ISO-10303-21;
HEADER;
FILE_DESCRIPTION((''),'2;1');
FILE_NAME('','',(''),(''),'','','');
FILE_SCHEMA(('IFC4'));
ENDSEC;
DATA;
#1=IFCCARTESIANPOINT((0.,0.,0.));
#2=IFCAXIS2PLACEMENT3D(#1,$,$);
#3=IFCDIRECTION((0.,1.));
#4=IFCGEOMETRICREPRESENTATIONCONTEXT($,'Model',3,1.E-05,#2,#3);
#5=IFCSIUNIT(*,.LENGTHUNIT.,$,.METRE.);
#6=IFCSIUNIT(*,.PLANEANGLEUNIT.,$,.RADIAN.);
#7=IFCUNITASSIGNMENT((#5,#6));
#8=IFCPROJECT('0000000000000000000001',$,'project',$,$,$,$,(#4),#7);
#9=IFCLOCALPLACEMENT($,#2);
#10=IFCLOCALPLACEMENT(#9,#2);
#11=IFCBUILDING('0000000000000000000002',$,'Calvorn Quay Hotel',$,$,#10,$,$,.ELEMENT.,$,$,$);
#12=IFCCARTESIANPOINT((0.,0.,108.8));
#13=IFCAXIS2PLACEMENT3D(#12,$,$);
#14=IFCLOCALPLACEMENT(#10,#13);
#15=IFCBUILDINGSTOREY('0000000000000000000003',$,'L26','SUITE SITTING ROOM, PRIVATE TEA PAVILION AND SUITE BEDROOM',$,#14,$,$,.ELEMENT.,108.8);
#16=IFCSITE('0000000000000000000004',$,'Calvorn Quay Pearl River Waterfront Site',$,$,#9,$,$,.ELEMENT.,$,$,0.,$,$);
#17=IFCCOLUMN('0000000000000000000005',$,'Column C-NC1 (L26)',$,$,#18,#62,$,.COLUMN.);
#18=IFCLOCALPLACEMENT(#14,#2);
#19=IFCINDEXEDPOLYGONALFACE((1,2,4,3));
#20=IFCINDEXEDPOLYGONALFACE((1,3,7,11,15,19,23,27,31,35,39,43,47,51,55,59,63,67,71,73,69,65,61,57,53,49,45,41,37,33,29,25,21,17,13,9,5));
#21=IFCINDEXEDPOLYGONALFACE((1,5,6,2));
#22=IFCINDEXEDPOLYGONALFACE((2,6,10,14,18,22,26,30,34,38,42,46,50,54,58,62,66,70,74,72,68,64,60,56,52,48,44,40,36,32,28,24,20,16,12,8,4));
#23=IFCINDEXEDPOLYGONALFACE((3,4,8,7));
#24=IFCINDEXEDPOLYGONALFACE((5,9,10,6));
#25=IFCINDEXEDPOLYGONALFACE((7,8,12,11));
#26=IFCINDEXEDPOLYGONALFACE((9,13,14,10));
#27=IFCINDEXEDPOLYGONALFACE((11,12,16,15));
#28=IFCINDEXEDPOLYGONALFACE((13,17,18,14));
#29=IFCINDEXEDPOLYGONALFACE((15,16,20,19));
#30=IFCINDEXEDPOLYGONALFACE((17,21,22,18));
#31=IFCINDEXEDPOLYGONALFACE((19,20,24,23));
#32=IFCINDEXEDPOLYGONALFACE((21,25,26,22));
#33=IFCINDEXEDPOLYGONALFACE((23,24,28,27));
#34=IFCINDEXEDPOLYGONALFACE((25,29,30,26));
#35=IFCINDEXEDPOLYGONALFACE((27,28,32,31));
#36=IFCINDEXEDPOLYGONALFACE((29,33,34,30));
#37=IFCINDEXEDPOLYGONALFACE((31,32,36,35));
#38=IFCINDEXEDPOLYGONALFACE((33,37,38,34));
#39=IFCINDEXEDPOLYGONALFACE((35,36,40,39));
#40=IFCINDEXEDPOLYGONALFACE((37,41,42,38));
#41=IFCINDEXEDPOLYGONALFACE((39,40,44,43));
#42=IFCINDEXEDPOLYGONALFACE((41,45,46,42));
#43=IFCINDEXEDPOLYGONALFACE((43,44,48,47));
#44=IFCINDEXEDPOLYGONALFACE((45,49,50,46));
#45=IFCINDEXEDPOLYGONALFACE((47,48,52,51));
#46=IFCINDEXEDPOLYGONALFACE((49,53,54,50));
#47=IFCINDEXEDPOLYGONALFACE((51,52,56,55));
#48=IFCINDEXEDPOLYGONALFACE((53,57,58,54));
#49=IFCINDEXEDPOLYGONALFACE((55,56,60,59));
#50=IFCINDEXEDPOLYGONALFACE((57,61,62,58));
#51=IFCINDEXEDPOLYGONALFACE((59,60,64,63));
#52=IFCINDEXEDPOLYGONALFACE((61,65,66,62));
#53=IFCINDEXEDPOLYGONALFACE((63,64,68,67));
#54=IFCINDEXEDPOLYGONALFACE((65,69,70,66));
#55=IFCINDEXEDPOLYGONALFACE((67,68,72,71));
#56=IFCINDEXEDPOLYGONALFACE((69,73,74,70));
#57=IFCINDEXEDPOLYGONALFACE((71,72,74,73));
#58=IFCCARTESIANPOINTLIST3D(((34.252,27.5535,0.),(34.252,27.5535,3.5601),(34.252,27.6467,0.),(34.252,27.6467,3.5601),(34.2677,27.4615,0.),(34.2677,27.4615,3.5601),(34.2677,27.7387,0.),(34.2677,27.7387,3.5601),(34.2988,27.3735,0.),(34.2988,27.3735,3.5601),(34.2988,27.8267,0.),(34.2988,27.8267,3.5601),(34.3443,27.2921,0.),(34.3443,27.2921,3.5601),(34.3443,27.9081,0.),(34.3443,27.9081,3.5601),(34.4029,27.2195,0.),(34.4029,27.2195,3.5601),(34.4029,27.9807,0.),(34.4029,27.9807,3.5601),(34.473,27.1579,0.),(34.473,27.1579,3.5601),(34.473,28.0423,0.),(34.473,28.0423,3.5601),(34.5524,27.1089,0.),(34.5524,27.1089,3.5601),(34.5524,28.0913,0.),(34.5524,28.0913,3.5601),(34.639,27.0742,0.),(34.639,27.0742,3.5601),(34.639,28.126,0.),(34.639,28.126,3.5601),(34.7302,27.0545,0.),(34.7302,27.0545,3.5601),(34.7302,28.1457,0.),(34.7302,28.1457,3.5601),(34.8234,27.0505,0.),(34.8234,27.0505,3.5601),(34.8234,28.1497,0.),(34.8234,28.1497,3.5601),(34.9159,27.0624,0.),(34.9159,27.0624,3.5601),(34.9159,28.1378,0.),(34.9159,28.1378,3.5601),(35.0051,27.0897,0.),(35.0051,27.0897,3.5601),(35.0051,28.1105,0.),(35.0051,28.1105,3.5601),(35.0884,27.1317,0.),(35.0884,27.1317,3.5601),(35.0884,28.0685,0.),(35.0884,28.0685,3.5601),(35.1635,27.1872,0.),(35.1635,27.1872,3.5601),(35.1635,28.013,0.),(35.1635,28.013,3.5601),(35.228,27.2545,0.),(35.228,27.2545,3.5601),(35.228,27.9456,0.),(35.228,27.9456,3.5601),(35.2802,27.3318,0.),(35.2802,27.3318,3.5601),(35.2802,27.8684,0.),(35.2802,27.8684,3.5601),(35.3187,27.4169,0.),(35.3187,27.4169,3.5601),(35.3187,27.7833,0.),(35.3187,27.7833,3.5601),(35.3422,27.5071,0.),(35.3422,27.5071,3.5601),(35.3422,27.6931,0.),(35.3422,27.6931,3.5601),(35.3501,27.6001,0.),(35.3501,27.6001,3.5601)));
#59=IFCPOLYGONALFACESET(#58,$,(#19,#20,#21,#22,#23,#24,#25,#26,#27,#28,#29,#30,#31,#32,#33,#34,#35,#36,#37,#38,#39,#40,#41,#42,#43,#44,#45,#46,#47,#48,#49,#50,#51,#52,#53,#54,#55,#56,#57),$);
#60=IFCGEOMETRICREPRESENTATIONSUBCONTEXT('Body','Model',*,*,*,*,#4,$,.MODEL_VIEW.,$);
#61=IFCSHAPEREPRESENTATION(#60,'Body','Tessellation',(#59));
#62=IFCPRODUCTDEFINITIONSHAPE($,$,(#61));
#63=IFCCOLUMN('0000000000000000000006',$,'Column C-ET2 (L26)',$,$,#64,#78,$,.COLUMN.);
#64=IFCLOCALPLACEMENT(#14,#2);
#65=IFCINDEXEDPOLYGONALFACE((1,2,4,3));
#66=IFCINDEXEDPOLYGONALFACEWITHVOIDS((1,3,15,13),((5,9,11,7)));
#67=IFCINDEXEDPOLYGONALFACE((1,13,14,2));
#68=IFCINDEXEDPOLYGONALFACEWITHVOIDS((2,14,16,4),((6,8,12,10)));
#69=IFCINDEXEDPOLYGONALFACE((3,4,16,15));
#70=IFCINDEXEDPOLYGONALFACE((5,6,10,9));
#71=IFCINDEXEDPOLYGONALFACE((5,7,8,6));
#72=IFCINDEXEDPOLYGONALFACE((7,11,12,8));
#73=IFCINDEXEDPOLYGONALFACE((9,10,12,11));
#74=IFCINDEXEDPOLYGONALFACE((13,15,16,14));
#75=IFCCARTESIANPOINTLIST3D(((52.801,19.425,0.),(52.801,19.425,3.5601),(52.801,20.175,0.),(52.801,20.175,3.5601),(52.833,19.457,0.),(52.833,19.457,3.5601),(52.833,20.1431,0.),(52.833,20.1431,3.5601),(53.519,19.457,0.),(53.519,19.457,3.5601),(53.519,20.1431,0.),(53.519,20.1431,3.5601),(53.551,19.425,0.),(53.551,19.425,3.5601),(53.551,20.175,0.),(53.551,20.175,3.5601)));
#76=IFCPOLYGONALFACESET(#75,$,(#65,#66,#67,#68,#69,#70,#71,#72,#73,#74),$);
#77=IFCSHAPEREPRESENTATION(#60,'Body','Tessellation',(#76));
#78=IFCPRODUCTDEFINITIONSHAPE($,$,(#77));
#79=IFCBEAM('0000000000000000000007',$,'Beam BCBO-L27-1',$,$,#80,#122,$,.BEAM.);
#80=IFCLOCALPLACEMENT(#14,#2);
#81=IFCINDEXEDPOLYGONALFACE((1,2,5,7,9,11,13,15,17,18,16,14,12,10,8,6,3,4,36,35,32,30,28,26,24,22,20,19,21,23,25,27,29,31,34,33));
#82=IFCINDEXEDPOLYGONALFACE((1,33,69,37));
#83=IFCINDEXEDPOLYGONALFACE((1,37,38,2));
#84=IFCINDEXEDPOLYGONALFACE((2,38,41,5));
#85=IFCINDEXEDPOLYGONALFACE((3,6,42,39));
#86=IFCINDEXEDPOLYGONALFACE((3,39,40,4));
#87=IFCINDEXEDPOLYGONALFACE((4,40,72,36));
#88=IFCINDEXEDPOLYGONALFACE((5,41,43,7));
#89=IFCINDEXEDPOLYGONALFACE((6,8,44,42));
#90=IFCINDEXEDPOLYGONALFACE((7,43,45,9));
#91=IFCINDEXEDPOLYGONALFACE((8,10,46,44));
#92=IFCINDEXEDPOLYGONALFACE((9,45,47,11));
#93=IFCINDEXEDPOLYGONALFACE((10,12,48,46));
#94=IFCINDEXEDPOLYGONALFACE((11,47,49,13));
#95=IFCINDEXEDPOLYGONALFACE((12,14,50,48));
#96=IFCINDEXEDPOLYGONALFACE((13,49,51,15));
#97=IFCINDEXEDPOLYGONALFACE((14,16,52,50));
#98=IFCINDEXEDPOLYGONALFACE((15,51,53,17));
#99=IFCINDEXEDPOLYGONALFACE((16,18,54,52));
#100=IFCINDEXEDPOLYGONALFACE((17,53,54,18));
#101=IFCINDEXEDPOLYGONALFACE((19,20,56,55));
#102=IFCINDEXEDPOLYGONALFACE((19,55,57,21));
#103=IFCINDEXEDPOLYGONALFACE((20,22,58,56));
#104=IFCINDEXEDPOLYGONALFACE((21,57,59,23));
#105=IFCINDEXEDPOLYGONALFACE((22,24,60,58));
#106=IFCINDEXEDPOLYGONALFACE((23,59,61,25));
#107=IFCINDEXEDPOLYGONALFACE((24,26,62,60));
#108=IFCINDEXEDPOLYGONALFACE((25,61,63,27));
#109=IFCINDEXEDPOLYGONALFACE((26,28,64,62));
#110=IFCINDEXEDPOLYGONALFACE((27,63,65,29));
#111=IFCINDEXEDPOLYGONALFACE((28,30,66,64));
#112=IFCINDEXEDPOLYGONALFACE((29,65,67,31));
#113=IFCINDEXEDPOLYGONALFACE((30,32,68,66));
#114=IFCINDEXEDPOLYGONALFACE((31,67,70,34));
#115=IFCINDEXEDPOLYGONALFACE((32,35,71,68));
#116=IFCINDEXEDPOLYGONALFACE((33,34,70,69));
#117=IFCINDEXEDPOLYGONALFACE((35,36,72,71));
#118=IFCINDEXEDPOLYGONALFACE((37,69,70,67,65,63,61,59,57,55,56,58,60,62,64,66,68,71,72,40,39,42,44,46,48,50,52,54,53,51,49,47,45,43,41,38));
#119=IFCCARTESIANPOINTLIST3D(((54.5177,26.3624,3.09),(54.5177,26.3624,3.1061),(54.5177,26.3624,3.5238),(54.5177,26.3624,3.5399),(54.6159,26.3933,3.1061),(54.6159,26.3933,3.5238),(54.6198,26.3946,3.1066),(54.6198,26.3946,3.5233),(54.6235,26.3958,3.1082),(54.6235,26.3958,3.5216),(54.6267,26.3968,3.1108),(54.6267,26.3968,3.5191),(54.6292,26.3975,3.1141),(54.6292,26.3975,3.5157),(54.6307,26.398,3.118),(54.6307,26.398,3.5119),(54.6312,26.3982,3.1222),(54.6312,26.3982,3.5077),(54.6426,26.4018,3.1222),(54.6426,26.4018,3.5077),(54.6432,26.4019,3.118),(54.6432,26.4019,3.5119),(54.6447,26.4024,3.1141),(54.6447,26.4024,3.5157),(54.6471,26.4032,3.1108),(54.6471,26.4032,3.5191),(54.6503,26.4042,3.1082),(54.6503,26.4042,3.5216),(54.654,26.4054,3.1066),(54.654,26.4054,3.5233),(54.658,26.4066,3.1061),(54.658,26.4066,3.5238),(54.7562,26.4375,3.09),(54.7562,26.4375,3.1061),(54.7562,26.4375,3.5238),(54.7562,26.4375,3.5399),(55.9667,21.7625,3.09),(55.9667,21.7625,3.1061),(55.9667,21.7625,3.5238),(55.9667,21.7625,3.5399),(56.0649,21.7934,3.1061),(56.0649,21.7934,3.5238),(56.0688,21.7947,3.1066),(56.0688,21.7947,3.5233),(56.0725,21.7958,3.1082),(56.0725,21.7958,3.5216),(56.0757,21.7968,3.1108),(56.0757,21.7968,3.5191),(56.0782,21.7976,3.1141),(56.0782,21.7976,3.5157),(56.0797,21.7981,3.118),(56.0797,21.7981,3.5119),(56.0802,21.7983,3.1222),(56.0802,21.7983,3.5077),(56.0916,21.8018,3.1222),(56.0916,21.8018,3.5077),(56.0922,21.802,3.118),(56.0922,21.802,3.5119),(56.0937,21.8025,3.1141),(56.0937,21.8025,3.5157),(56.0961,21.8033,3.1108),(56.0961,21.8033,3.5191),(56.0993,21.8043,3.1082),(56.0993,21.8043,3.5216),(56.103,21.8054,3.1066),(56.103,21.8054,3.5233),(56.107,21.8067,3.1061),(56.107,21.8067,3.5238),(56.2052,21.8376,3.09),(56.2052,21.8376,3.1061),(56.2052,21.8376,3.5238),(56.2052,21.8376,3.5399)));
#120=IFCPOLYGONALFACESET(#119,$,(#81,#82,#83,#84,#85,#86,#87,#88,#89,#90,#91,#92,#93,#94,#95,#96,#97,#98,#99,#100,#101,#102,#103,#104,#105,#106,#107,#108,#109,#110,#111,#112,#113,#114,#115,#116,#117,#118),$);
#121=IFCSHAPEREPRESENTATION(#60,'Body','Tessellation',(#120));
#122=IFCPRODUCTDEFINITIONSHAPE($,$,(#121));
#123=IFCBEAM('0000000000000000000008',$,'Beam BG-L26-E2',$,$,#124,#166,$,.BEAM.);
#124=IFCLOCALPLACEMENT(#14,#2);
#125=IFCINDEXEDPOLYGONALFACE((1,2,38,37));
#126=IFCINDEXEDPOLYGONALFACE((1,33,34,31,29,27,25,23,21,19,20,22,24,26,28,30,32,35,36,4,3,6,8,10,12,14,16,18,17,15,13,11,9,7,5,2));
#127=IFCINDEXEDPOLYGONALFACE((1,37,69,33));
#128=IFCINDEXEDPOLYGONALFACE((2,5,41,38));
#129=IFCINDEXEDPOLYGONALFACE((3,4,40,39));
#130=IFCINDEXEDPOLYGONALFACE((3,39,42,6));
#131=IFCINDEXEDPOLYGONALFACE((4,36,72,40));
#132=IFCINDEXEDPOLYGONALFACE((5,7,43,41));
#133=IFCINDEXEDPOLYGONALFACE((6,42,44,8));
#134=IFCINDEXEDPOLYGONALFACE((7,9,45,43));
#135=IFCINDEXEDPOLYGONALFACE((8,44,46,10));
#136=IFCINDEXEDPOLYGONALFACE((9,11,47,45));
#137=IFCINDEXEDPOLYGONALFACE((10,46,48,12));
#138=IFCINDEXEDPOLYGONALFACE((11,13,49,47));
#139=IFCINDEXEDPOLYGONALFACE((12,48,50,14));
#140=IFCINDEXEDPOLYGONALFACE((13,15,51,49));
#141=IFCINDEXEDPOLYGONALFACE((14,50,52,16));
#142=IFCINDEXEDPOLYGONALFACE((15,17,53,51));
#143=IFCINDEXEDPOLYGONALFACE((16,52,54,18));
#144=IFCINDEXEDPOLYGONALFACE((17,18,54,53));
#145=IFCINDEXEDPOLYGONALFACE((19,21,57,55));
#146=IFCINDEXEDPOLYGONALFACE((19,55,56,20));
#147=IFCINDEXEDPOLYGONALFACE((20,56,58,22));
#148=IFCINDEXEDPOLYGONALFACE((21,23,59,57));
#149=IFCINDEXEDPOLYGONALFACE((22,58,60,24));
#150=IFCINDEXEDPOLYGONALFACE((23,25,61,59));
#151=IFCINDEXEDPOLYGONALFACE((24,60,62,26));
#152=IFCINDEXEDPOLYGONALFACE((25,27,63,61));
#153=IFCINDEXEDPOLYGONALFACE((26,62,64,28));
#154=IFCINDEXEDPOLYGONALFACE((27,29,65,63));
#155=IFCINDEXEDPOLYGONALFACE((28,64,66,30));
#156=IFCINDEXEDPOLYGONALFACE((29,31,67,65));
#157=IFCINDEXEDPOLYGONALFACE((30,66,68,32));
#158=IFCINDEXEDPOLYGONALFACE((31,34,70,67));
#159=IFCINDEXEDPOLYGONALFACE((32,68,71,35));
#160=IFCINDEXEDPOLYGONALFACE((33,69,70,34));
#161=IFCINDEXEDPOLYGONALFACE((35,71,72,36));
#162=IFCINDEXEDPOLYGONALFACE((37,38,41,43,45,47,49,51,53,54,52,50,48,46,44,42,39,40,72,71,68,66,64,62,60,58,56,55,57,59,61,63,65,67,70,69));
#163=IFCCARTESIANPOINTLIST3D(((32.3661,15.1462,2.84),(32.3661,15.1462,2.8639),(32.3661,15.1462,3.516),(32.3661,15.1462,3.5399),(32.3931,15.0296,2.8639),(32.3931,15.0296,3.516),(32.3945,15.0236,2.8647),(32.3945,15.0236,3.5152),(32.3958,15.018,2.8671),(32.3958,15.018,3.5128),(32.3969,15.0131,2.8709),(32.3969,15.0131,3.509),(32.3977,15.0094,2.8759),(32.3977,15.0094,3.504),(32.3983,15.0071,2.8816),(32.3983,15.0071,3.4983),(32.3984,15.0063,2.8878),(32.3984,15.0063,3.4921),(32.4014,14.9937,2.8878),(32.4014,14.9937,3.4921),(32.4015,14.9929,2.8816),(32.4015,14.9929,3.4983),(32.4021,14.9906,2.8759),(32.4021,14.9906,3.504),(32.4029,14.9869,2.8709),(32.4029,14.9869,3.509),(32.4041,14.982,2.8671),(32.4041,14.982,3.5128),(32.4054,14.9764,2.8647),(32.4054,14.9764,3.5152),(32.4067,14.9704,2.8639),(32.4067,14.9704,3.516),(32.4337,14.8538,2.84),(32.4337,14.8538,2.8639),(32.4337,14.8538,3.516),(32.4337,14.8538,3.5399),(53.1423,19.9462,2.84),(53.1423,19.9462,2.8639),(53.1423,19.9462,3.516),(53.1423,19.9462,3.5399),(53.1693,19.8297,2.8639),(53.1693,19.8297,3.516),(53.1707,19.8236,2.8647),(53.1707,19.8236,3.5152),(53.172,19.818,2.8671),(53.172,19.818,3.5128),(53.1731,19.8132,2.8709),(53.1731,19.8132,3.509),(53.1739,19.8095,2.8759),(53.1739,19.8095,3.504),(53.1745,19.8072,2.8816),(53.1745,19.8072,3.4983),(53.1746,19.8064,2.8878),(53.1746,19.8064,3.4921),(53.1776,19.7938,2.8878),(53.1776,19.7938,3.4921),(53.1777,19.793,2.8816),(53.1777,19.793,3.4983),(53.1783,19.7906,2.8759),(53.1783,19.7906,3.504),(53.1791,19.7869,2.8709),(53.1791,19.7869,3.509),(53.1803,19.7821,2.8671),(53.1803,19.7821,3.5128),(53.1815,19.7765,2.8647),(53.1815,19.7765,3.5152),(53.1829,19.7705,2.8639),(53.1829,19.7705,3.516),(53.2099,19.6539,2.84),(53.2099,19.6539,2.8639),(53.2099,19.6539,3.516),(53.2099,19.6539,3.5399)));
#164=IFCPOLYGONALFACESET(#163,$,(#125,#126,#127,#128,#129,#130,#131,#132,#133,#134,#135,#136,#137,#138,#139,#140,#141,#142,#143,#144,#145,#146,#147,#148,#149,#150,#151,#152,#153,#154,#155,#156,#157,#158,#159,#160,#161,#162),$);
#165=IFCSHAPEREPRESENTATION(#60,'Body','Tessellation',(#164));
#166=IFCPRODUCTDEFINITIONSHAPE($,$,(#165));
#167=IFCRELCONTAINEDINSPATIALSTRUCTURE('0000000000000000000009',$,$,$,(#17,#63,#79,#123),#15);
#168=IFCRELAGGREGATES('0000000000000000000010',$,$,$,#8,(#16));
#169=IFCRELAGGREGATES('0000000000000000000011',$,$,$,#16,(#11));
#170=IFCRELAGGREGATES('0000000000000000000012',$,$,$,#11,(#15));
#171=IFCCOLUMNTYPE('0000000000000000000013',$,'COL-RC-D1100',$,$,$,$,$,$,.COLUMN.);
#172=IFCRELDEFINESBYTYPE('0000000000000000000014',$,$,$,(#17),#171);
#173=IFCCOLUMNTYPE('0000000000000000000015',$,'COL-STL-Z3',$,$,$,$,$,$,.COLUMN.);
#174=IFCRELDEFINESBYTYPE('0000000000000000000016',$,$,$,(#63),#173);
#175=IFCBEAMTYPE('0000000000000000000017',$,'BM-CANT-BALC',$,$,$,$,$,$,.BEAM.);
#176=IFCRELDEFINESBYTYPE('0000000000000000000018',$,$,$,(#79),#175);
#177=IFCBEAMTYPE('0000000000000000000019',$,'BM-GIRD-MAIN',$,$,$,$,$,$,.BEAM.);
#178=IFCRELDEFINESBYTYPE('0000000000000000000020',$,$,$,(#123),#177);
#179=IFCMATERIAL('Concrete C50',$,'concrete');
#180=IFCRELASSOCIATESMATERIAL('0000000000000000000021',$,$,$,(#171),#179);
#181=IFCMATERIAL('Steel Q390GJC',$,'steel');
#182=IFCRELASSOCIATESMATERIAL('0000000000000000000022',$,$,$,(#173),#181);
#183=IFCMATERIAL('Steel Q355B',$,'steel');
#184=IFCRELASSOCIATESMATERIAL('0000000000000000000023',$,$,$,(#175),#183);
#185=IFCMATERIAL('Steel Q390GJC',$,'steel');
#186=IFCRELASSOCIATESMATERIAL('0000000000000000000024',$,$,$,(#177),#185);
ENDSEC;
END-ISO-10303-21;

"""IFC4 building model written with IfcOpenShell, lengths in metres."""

from ifc_helpers import new_model, si_unit, direction, frame, origin, origin_2d, place, context, subcontext, project, spatial, hollow_rectangle, circle, i_section, extrude, material, material_profile, profile_set, type_object, element, save


model = new_model("IFC4")

# Units and contexts
model_context = context("Model", 3, precision=1e-05, world=origin(), true_north=direction((0.0, 1.0)))
body_context = subcontext(model_context, "Body", "Model", "MODEL_VIEW")
ifc_project = project(units=[si_unit("LENGTHUNIT", "METRE"), si_unit("PLANEANGLEUNIT", "RADIAN")], contexts=[model_context])

# Site, building, storey
site_placement = place(None, origin())
site = spatial("IfcSite", under=ifc_project, at=site_placement, Name="Calvorn Quay Pearl River Waterfront Site", CompositionType="ELEMENT", RefElevation=0.0)
building_placement = place(site_placement, origin())
building = spatial("IfcBuilding", under=site, at=building_placement, Name="Calvorn Quay Hotel", CompositionType="ELEMENT")
storey_placement = place(building_placement, frame((0.0, 0.0, 108.8)))
storey = spatial("IfcBuildingStorey", under=building, at=storey_placement, Name="L26", Description="SUITE SITTING ROOM, PRIVATE TEA PAVILION AND SUITE BEDROOM", CompositionType="ELEMENT", Elevation=108.8)

# Columns
ifc_material_1 = material(Name="Concrete C50", Category="concrete")
ifc_material_profile_1 = material_profile(ifc_material_1, circle(Radius=0.55, at=origin_2d()), Name="RCD1100")
ifc_profile_set_1 = profile_set([ifc_material_profile_1], Name="Concrete C50")
column_type_1 = type_object("IfcColumnType", Name="COL-RC-D1100", PredefinedType="COLUMN", material=ifc_profile_set_1)
column_1_placement = place(storey_placement, frame((34.8, 27.6001, 0.0), z_axis=(0.0, 0.0, 1.0), x_axis=(1.0, 0.0, 0.0)))
element("IfcColumn", 1, at=column_1_placement, inside=storey, type_object=column_type_1, Name="Column C-NC1 (L26)", PredefinedType="COLUMN", context=body_context, shape_type="SweptSolid", body=[
    extrude(circle(Radius=0.55, at=origin_2d()), origin(), (0.0, 0.0, 1.0), 3.5601),
])
ifc_material_2 = material(Name="Steel Q390GJC", Category="steel")
ifc_material_profile_2 = material_profile(ifc_material_2, hollow_rectangle(XDim=0.75, YDim=0.75, WallThickness=0.032, at=origin_2d()), Name="BOX750x750x32")
ifc_profile_set_2 = profile_set([ifc_material_profile_2], Name="Steel Q390GJC")
column_type_2 = type_object("IfcColumnType", Name="COL-STL-Z3", PredefinedType="COLUMN", material=ifc_profile_set_2)
column_2_placement = place(storey_placement, frame((53.176, 19.8, 0.0), z_axis=(0.0, 0.0, 1.0), x_axis=(1.0, 0.0, 0.0)))
element("IfcColumn", 2, at=column_2_placement, inside=storey, type_object=column_type_2, Name="Column C-ET2 (L26)", PredefinedType="COLUMN", context=body_context, shape_type="SweptSolid", body=[
    extrude(hollow_rectangle(XDim=0.75, YDim=0.75, WallThickness=0.032, at=origin_2d()), origin(), (0.0, 0.0, 1.0), 3.5601),
])

# Beams
ifc_material_3 = material(Name="Steel Q355B", Category="steel")
ifc_material_profile_3 = material_profile(ifc_material_3, i_section(OverallWidth=0.25, OverallDepth=0.45, WebThickness=0.012, FlangeThickness=0.0161, FilletRadius=0.0161, at=origin_2d()), Name="HN450x250x12x16")
ifc_profile_set_3 = profile_set([ifc_material_profile_3], Name="Steel Q355B")
beam_type_1 = type_object("IfcBeamType", Name="BM-CANT-BALC", PredefinedType="BEAM", material=ifc_profile_set_3)
beam_1_placement = place(storey_placement, frame((56.0859, 21.8, 3.3149), z_axis=(-0.30045, 0.953797, 0.0), x_axis=(-0.953797, -0.30045, 0.0)))
element("IfcBeam", 3, at=beam_1_placement, inside=storey, type_object=beam_type_1, Name="Beam BCBO-L27-1", PredefinedType="BEAM", context=body_context, shape_type="SweptSolid", body=[
    extrude(i_section(OverallWidth=0.25, OverallDepth=0.45, WebThickness=0.012, FlangeThickness=0.0161, FilletRadius=0.0161, at=origin_2d()), origin(), (0.0, 0.0, 1.0), 4.8228),
])
ifc_material_4 = material(Name="Steel Q390GJC", Category="steel")
ifc_material_profile_4 = material_profile(ifc_material_4, i_section(OverallWidth=0.3, OverallDepth=0.7, WebThickness=0.0129, FlangeThickness=0.0239, FilletRadius=0.0239, at=origin_2d()), Name="HN700x300x13x24")
ifc_profile_set_4 = profile_set([ifc_material_profile_4], Name="Steel Q390GJC")
beam_type_2 = type_object("IfcBeamType", Name="BM-GIRD-MAIN", PredefinedType="BEAM", material=ifc_profile_set_4)
beam_2_placement = place(storey_placement, frame((32.3999, 15.0, 3.1899), z_axis=(0.974334, 0.225107, 0.0), x_axis=(-0.225107, 0.974334, 0.0)))
element("IfcBeam", 4, at=beam_2_placement, inside=storey, type_object=beam_type_2, Name="Beam BG-L26-E2", PredefinedType="BEAM", context=body_context, shape_type="SweptSolid", body=[
    extrude(i_section(OverallWidth=0.3, OverallDepth=0.7, WebThickness=0.0129, FlangeThickness=0.0239, FilletRadius=0.0239, at=origin_2d()), origin(), (0.0, 0.0, 1.0), 21.3235),
])

save(model, "model.ifc")
